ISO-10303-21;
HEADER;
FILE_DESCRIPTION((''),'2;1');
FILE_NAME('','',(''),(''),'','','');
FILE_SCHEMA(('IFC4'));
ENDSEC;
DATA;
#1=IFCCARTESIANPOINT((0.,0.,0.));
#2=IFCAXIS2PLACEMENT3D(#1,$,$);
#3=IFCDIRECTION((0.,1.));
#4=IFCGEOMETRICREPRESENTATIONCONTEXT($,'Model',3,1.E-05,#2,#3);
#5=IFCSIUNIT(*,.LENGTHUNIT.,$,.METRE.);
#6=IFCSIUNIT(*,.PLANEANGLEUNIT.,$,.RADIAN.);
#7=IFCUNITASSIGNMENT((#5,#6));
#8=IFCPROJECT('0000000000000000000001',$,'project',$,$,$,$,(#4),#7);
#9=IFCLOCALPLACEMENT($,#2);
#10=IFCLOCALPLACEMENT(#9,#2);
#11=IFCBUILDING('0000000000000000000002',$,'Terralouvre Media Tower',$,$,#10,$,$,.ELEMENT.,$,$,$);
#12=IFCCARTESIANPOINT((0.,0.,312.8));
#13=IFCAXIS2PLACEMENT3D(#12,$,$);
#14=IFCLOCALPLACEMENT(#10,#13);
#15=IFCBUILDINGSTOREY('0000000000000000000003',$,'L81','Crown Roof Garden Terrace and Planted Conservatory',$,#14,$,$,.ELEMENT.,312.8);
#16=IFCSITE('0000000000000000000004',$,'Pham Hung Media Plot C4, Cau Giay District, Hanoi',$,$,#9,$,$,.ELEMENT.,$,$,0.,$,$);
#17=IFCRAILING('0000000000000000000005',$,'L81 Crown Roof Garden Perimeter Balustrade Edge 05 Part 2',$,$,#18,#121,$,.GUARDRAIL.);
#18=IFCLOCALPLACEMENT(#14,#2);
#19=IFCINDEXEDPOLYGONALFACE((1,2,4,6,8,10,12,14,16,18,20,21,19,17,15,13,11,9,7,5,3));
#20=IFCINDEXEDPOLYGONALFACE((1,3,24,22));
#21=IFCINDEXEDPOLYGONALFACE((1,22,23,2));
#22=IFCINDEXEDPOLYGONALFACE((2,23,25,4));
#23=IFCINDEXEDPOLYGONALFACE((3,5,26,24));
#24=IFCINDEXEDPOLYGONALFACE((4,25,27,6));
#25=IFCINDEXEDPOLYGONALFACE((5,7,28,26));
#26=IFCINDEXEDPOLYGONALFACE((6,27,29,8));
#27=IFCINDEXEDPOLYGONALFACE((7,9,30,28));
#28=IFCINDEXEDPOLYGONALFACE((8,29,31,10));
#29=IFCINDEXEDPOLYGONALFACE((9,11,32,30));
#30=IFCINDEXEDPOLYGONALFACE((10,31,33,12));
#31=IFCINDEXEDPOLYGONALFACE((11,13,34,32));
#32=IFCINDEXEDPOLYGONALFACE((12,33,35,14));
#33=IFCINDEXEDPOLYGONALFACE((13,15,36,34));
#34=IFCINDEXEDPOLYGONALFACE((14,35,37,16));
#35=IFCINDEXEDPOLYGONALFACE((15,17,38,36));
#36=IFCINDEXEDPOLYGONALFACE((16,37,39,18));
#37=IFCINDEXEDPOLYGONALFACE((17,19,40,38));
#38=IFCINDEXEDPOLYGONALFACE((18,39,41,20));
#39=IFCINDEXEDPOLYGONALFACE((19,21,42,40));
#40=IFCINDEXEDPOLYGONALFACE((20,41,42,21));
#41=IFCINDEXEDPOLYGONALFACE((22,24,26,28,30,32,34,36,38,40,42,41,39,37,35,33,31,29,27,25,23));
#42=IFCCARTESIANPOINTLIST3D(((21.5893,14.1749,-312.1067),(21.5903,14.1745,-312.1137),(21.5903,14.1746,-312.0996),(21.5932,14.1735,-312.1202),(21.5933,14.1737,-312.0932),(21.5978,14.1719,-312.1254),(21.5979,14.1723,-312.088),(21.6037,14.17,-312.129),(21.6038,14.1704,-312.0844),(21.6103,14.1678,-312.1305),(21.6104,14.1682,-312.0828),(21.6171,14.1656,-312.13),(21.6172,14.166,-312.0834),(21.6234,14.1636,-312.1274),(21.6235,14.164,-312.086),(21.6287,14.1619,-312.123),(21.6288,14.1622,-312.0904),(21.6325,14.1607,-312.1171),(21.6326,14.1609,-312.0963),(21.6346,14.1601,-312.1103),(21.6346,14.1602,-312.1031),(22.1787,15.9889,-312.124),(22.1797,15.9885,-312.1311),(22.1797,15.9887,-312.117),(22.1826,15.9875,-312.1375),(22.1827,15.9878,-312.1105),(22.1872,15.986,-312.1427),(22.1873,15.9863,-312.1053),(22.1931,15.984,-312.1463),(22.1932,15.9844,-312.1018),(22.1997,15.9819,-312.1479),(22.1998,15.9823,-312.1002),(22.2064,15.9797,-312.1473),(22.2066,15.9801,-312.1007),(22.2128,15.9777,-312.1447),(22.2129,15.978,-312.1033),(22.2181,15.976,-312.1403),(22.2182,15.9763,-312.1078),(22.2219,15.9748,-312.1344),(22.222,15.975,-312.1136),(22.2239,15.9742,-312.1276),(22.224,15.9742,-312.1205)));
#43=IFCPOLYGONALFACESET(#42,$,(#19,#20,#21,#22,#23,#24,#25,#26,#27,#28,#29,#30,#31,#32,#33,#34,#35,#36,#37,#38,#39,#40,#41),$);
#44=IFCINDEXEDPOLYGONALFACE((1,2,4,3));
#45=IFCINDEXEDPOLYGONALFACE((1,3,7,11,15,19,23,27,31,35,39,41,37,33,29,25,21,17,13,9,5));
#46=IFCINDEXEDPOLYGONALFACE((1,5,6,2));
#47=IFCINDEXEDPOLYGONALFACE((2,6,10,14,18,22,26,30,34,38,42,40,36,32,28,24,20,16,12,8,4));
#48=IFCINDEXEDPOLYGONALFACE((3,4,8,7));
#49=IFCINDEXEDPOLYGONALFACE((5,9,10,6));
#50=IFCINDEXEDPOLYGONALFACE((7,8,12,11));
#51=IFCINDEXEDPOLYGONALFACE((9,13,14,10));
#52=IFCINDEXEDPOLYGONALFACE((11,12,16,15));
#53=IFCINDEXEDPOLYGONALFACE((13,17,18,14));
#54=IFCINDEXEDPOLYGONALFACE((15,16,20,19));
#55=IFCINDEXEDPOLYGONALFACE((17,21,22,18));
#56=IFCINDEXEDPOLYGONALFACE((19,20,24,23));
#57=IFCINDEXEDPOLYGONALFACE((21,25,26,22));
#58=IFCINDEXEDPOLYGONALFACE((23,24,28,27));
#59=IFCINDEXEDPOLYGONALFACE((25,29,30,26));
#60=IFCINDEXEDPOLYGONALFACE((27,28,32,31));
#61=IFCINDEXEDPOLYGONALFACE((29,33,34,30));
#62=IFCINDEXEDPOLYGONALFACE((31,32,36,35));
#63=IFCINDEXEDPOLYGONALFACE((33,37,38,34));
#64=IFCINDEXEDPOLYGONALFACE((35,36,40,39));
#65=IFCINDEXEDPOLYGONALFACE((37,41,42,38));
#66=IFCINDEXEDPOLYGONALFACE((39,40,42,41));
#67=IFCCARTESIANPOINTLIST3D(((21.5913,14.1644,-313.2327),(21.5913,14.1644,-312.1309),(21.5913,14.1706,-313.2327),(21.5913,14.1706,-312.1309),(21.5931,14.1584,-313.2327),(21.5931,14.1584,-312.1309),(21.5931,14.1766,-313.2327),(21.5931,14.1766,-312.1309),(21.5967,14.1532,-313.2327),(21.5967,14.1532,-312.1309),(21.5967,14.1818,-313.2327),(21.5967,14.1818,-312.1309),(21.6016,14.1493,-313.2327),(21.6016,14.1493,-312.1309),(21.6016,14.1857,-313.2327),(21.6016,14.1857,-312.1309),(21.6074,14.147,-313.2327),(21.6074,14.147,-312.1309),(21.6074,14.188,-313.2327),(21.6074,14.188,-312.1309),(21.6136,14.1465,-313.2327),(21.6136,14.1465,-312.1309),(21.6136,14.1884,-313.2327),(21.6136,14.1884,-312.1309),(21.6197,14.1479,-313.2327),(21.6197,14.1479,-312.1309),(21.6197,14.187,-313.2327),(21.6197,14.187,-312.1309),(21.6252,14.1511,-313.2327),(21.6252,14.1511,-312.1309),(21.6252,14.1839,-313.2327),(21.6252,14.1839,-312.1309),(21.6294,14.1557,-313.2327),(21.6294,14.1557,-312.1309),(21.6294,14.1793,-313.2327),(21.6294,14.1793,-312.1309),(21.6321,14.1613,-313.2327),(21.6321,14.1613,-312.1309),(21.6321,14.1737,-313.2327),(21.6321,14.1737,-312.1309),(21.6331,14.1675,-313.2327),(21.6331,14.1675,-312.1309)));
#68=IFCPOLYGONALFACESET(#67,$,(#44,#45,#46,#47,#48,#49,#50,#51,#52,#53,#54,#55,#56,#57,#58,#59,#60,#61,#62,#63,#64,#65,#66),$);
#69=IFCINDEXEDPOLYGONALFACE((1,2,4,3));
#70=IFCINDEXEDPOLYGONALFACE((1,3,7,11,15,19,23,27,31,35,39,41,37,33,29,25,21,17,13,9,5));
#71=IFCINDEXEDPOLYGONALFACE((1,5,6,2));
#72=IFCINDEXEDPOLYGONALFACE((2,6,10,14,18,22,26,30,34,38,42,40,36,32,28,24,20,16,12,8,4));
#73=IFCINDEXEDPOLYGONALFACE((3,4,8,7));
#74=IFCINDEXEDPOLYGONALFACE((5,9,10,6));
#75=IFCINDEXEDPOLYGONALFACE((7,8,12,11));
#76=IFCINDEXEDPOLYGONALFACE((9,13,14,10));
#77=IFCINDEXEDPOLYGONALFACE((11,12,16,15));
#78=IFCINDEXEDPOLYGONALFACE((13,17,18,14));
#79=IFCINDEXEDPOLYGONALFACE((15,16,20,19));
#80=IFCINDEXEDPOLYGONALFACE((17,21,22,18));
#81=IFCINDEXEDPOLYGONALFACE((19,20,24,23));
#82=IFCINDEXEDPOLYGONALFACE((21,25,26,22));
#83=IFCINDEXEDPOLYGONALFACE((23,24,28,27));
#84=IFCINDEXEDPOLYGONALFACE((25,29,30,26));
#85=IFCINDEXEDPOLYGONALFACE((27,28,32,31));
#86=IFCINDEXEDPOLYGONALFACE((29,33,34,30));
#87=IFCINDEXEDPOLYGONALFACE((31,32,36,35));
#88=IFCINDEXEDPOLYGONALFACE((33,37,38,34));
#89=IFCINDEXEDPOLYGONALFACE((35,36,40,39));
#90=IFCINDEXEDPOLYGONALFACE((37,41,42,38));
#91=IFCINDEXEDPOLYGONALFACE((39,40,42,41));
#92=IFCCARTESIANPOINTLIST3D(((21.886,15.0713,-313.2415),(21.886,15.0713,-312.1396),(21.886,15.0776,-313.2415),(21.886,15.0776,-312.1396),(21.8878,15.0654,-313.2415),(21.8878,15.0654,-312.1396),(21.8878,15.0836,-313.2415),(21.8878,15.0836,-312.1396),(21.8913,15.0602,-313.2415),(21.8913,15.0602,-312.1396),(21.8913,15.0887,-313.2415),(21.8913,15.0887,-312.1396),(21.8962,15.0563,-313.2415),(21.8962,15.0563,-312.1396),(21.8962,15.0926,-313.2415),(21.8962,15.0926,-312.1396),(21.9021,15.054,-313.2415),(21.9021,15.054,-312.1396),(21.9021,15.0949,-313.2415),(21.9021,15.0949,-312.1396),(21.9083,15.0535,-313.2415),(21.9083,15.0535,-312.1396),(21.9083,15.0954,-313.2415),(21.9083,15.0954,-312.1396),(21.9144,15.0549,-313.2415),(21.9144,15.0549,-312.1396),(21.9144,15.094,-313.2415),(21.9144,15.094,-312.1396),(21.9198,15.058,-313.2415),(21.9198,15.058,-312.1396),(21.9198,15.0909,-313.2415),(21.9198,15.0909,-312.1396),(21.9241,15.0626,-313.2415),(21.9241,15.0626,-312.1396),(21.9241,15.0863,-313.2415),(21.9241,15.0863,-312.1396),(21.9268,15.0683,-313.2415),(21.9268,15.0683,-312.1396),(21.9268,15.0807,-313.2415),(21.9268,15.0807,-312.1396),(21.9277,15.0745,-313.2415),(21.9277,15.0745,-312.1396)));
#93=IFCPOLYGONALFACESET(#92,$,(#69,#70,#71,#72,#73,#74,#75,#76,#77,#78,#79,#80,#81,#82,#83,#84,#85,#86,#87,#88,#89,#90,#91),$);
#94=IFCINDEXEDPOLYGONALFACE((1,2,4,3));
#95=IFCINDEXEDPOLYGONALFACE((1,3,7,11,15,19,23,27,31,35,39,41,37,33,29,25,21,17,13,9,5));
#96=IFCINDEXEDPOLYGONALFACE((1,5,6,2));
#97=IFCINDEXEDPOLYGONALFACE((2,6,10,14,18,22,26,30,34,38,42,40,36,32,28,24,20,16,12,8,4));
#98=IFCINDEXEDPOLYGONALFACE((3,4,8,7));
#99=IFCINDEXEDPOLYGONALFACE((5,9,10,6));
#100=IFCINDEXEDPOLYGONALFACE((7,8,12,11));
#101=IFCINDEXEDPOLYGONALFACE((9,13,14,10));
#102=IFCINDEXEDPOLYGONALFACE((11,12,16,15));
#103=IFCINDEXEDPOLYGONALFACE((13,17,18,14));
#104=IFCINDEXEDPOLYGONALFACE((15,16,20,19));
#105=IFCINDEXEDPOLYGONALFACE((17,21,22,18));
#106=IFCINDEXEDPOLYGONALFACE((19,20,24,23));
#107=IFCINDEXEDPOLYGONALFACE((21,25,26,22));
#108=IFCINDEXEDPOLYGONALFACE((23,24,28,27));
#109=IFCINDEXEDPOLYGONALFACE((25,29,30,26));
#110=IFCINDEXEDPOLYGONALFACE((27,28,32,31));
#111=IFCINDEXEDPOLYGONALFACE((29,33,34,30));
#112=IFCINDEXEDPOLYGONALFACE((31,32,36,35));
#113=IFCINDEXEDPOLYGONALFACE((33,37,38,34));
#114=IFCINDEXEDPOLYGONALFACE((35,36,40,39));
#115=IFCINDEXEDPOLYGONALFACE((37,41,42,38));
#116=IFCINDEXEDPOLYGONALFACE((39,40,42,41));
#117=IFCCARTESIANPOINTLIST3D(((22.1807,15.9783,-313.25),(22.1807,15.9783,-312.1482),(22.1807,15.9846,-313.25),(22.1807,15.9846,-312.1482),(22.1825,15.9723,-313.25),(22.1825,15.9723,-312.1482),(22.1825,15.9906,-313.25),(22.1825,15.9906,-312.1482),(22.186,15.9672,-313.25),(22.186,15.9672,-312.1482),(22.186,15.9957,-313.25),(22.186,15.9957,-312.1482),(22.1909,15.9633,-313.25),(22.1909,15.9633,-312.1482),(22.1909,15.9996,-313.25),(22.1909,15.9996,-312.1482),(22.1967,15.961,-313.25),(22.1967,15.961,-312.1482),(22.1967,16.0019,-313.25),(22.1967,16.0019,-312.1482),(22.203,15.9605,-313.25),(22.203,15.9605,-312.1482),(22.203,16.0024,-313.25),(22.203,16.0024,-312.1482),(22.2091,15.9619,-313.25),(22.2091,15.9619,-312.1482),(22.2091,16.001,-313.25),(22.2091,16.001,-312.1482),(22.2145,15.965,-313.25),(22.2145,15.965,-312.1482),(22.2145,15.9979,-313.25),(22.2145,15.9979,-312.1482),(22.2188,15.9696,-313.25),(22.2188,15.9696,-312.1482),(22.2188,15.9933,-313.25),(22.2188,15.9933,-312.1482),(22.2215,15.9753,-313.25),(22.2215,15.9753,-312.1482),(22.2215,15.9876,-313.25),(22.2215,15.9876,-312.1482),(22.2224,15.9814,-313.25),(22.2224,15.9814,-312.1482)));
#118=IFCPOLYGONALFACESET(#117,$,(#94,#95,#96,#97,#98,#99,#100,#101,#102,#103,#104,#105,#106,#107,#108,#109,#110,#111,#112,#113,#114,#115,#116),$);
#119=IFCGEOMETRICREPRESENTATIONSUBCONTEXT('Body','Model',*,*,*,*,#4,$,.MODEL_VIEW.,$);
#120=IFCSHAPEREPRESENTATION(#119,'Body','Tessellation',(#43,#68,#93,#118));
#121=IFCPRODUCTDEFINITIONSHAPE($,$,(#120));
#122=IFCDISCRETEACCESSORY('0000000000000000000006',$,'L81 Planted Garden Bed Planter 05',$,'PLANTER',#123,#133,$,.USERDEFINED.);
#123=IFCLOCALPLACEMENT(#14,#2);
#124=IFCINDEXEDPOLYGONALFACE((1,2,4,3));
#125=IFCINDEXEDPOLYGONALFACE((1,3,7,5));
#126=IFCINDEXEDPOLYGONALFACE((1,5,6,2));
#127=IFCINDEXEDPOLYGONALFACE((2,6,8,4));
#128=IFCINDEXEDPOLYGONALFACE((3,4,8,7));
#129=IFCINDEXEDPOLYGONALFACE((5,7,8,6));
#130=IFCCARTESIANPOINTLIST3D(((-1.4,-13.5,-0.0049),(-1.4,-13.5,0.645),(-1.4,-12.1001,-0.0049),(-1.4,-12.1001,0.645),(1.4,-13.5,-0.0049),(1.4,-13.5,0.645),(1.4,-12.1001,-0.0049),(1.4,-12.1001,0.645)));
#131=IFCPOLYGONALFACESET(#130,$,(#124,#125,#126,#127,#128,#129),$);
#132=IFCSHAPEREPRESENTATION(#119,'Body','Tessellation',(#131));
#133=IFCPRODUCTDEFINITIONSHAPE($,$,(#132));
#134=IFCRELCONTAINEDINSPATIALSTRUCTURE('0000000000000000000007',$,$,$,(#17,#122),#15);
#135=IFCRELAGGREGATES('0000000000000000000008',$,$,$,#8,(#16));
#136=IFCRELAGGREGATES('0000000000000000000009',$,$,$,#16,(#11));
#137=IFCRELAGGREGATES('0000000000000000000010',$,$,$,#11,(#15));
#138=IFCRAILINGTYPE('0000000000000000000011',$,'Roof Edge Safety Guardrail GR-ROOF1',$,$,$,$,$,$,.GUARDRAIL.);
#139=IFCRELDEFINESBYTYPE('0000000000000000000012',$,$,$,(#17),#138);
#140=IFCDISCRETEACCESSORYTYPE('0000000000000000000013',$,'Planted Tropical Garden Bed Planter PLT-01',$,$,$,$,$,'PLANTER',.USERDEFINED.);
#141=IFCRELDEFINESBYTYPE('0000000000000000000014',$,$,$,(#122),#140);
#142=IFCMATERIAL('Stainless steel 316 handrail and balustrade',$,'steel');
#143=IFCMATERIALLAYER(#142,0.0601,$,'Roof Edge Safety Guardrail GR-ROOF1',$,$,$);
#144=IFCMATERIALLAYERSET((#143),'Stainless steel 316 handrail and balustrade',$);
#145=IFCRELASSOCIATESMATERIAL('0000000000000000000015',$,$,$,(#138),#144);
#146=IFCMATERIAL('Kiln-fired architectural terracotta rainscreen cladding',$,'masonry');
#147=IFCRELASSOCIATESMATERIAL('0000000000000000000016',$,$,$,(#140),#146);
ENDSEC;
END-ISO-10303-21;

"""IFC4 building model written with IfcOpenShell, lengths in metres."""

from ifc_helpers import new_model, si_unit, direction, frame, origin, origin_2d, place, context, subcontext, project, spatial, rectangle, circle, extrude, material, layer, layer_set, type_object, element, save


model = new_model("IFC4")

# Units and contexts
model_context = context("Model", 3, precision=1e-05, world=origin(), true_north=direction((0.0, 1.0)))
body_context = subcontext(model_context, "Body", "Model", "MODEL_VIEW")
ifc_project = project(units=[si_unit("LENGTHUNIT", "METRE"), si_unit("PLANEANGLEUNIT", "RADIAN")], contexts=[model_context])

# Site, building, storey
site_placement = place(None, origin())
site = spatial("IfcSite", under=ifc_project, at=site_placement, Name="Pham Hung Media Plot C4, Cau Giay District, Hanoi", CompositionType="ELEMENT", RefElevation=0.0)
building_placement = place(site_placement, origin())
building = spatial("IfcBuilding", under=site, at=building_placement, Name="Terralouvre Media Tower", CompositionType="ELEMENT")
storey_placement = place(building_placement, frame((0.0, 0.0, 312.8)))
storey = spatial("IfcBuildingStorey", under=building, at=storey_placement, Name="L81", Description="Crown Roof Garden Terrace and Planted Conservatory", CompositionType="ELEMENT", Elevation=312.8)

# Railing
ifc_material_1 = material(Name="Stainless steel 316 handrail and balustrade", Category="steel")
ifc_layer_1 = layer(ifc_material_1, 0.0601, Name="Roof Edge Safety Guardrail GR-ROOF1")
ifc_layer_set_1 = layer_set([ifc_layer_1], Name="Stainless steel 316 handrail and balustrade")
railing_type = type_object("IfcRailingType", Name="Roof Edge Safety Guardrail GR-ROOF1", PredefinedType="GUARDRAIL", material=ifc_layer_set_1)
railing_1_placement = place(storey_placement, frame((21.6121, 14.1675, -313.2327)))
element("IfcRailing", 1, at=railing_1_placement, inside=storey, type_object=railing_type, Name="L81 Crown Roof Garden Perimeter Balustrade Edge 05 Part 2", PredefinedType="GUARDRAIL", context=body_context, shape_type="SweptSolid", body=[
    extrude(circle(Radius=0.0239, at=origin_2d()), frame((0.0, 0.0, 1.126), z_axis=(0.308986, 0.951023, -0.009088), x_axis=(-0.951062, 0.308999, 0.0)), (0.0, 0.0, 1.0), 1.9075),
    extrude(circle(Radius=0.021, at=origin_2d()), origin(), (0.0, 0.0, 1.0), 1.1018),
    extrude(circle(Radius=0.021, at=origin_2d()), frame((0.2947, 0.907, -0.0088)), (0.0, 0.0, 1.0), 1.1018),
    extrude(circle(Radius=0.021, at=origin_2d()), frame((0.5894, 1.814, -0.0173)), (0.0, 0.0, 1.0), 1.1018),
])

# Discrete accessory
ifc_material_2 = material(Name="Kiln-fired architectural terracotta rainscreen cladding", Category="masonry")
discrete_accessory_type = type_object("IfcDiscreteAccessoryType", Name="Planted Tropical Garden Bed Planter PLT-01", ElementType="PLANTER", PredefinedType="USERDEFINED", material=ifc_material_2)
discrete_accessory_placement = place(storey_placement, frame((0.0, -12.8, -0.0049), z_axis=(0.0, 0.0, 1.0), x_axis=(1.0, 0.0, 0.0)))
element("IfcDiscreteAccessory", 2, at=discrete_accessory_placement, inside=storey, type_object=discrete_accessory_type, Name="L81 Planted Garden Bed Planter 05", ObjectType="PLANTER", PredefinedType="USERDEFINED", context=body_context, shape_type="SweptSolid", body=[
    extrude(rectangle(XDim=2.8, YDim=1.3999, at=origin_2d()), origin(), (0.0, 0.0, 1.0), 0.6499),
])

save(model, "model.ifc")
